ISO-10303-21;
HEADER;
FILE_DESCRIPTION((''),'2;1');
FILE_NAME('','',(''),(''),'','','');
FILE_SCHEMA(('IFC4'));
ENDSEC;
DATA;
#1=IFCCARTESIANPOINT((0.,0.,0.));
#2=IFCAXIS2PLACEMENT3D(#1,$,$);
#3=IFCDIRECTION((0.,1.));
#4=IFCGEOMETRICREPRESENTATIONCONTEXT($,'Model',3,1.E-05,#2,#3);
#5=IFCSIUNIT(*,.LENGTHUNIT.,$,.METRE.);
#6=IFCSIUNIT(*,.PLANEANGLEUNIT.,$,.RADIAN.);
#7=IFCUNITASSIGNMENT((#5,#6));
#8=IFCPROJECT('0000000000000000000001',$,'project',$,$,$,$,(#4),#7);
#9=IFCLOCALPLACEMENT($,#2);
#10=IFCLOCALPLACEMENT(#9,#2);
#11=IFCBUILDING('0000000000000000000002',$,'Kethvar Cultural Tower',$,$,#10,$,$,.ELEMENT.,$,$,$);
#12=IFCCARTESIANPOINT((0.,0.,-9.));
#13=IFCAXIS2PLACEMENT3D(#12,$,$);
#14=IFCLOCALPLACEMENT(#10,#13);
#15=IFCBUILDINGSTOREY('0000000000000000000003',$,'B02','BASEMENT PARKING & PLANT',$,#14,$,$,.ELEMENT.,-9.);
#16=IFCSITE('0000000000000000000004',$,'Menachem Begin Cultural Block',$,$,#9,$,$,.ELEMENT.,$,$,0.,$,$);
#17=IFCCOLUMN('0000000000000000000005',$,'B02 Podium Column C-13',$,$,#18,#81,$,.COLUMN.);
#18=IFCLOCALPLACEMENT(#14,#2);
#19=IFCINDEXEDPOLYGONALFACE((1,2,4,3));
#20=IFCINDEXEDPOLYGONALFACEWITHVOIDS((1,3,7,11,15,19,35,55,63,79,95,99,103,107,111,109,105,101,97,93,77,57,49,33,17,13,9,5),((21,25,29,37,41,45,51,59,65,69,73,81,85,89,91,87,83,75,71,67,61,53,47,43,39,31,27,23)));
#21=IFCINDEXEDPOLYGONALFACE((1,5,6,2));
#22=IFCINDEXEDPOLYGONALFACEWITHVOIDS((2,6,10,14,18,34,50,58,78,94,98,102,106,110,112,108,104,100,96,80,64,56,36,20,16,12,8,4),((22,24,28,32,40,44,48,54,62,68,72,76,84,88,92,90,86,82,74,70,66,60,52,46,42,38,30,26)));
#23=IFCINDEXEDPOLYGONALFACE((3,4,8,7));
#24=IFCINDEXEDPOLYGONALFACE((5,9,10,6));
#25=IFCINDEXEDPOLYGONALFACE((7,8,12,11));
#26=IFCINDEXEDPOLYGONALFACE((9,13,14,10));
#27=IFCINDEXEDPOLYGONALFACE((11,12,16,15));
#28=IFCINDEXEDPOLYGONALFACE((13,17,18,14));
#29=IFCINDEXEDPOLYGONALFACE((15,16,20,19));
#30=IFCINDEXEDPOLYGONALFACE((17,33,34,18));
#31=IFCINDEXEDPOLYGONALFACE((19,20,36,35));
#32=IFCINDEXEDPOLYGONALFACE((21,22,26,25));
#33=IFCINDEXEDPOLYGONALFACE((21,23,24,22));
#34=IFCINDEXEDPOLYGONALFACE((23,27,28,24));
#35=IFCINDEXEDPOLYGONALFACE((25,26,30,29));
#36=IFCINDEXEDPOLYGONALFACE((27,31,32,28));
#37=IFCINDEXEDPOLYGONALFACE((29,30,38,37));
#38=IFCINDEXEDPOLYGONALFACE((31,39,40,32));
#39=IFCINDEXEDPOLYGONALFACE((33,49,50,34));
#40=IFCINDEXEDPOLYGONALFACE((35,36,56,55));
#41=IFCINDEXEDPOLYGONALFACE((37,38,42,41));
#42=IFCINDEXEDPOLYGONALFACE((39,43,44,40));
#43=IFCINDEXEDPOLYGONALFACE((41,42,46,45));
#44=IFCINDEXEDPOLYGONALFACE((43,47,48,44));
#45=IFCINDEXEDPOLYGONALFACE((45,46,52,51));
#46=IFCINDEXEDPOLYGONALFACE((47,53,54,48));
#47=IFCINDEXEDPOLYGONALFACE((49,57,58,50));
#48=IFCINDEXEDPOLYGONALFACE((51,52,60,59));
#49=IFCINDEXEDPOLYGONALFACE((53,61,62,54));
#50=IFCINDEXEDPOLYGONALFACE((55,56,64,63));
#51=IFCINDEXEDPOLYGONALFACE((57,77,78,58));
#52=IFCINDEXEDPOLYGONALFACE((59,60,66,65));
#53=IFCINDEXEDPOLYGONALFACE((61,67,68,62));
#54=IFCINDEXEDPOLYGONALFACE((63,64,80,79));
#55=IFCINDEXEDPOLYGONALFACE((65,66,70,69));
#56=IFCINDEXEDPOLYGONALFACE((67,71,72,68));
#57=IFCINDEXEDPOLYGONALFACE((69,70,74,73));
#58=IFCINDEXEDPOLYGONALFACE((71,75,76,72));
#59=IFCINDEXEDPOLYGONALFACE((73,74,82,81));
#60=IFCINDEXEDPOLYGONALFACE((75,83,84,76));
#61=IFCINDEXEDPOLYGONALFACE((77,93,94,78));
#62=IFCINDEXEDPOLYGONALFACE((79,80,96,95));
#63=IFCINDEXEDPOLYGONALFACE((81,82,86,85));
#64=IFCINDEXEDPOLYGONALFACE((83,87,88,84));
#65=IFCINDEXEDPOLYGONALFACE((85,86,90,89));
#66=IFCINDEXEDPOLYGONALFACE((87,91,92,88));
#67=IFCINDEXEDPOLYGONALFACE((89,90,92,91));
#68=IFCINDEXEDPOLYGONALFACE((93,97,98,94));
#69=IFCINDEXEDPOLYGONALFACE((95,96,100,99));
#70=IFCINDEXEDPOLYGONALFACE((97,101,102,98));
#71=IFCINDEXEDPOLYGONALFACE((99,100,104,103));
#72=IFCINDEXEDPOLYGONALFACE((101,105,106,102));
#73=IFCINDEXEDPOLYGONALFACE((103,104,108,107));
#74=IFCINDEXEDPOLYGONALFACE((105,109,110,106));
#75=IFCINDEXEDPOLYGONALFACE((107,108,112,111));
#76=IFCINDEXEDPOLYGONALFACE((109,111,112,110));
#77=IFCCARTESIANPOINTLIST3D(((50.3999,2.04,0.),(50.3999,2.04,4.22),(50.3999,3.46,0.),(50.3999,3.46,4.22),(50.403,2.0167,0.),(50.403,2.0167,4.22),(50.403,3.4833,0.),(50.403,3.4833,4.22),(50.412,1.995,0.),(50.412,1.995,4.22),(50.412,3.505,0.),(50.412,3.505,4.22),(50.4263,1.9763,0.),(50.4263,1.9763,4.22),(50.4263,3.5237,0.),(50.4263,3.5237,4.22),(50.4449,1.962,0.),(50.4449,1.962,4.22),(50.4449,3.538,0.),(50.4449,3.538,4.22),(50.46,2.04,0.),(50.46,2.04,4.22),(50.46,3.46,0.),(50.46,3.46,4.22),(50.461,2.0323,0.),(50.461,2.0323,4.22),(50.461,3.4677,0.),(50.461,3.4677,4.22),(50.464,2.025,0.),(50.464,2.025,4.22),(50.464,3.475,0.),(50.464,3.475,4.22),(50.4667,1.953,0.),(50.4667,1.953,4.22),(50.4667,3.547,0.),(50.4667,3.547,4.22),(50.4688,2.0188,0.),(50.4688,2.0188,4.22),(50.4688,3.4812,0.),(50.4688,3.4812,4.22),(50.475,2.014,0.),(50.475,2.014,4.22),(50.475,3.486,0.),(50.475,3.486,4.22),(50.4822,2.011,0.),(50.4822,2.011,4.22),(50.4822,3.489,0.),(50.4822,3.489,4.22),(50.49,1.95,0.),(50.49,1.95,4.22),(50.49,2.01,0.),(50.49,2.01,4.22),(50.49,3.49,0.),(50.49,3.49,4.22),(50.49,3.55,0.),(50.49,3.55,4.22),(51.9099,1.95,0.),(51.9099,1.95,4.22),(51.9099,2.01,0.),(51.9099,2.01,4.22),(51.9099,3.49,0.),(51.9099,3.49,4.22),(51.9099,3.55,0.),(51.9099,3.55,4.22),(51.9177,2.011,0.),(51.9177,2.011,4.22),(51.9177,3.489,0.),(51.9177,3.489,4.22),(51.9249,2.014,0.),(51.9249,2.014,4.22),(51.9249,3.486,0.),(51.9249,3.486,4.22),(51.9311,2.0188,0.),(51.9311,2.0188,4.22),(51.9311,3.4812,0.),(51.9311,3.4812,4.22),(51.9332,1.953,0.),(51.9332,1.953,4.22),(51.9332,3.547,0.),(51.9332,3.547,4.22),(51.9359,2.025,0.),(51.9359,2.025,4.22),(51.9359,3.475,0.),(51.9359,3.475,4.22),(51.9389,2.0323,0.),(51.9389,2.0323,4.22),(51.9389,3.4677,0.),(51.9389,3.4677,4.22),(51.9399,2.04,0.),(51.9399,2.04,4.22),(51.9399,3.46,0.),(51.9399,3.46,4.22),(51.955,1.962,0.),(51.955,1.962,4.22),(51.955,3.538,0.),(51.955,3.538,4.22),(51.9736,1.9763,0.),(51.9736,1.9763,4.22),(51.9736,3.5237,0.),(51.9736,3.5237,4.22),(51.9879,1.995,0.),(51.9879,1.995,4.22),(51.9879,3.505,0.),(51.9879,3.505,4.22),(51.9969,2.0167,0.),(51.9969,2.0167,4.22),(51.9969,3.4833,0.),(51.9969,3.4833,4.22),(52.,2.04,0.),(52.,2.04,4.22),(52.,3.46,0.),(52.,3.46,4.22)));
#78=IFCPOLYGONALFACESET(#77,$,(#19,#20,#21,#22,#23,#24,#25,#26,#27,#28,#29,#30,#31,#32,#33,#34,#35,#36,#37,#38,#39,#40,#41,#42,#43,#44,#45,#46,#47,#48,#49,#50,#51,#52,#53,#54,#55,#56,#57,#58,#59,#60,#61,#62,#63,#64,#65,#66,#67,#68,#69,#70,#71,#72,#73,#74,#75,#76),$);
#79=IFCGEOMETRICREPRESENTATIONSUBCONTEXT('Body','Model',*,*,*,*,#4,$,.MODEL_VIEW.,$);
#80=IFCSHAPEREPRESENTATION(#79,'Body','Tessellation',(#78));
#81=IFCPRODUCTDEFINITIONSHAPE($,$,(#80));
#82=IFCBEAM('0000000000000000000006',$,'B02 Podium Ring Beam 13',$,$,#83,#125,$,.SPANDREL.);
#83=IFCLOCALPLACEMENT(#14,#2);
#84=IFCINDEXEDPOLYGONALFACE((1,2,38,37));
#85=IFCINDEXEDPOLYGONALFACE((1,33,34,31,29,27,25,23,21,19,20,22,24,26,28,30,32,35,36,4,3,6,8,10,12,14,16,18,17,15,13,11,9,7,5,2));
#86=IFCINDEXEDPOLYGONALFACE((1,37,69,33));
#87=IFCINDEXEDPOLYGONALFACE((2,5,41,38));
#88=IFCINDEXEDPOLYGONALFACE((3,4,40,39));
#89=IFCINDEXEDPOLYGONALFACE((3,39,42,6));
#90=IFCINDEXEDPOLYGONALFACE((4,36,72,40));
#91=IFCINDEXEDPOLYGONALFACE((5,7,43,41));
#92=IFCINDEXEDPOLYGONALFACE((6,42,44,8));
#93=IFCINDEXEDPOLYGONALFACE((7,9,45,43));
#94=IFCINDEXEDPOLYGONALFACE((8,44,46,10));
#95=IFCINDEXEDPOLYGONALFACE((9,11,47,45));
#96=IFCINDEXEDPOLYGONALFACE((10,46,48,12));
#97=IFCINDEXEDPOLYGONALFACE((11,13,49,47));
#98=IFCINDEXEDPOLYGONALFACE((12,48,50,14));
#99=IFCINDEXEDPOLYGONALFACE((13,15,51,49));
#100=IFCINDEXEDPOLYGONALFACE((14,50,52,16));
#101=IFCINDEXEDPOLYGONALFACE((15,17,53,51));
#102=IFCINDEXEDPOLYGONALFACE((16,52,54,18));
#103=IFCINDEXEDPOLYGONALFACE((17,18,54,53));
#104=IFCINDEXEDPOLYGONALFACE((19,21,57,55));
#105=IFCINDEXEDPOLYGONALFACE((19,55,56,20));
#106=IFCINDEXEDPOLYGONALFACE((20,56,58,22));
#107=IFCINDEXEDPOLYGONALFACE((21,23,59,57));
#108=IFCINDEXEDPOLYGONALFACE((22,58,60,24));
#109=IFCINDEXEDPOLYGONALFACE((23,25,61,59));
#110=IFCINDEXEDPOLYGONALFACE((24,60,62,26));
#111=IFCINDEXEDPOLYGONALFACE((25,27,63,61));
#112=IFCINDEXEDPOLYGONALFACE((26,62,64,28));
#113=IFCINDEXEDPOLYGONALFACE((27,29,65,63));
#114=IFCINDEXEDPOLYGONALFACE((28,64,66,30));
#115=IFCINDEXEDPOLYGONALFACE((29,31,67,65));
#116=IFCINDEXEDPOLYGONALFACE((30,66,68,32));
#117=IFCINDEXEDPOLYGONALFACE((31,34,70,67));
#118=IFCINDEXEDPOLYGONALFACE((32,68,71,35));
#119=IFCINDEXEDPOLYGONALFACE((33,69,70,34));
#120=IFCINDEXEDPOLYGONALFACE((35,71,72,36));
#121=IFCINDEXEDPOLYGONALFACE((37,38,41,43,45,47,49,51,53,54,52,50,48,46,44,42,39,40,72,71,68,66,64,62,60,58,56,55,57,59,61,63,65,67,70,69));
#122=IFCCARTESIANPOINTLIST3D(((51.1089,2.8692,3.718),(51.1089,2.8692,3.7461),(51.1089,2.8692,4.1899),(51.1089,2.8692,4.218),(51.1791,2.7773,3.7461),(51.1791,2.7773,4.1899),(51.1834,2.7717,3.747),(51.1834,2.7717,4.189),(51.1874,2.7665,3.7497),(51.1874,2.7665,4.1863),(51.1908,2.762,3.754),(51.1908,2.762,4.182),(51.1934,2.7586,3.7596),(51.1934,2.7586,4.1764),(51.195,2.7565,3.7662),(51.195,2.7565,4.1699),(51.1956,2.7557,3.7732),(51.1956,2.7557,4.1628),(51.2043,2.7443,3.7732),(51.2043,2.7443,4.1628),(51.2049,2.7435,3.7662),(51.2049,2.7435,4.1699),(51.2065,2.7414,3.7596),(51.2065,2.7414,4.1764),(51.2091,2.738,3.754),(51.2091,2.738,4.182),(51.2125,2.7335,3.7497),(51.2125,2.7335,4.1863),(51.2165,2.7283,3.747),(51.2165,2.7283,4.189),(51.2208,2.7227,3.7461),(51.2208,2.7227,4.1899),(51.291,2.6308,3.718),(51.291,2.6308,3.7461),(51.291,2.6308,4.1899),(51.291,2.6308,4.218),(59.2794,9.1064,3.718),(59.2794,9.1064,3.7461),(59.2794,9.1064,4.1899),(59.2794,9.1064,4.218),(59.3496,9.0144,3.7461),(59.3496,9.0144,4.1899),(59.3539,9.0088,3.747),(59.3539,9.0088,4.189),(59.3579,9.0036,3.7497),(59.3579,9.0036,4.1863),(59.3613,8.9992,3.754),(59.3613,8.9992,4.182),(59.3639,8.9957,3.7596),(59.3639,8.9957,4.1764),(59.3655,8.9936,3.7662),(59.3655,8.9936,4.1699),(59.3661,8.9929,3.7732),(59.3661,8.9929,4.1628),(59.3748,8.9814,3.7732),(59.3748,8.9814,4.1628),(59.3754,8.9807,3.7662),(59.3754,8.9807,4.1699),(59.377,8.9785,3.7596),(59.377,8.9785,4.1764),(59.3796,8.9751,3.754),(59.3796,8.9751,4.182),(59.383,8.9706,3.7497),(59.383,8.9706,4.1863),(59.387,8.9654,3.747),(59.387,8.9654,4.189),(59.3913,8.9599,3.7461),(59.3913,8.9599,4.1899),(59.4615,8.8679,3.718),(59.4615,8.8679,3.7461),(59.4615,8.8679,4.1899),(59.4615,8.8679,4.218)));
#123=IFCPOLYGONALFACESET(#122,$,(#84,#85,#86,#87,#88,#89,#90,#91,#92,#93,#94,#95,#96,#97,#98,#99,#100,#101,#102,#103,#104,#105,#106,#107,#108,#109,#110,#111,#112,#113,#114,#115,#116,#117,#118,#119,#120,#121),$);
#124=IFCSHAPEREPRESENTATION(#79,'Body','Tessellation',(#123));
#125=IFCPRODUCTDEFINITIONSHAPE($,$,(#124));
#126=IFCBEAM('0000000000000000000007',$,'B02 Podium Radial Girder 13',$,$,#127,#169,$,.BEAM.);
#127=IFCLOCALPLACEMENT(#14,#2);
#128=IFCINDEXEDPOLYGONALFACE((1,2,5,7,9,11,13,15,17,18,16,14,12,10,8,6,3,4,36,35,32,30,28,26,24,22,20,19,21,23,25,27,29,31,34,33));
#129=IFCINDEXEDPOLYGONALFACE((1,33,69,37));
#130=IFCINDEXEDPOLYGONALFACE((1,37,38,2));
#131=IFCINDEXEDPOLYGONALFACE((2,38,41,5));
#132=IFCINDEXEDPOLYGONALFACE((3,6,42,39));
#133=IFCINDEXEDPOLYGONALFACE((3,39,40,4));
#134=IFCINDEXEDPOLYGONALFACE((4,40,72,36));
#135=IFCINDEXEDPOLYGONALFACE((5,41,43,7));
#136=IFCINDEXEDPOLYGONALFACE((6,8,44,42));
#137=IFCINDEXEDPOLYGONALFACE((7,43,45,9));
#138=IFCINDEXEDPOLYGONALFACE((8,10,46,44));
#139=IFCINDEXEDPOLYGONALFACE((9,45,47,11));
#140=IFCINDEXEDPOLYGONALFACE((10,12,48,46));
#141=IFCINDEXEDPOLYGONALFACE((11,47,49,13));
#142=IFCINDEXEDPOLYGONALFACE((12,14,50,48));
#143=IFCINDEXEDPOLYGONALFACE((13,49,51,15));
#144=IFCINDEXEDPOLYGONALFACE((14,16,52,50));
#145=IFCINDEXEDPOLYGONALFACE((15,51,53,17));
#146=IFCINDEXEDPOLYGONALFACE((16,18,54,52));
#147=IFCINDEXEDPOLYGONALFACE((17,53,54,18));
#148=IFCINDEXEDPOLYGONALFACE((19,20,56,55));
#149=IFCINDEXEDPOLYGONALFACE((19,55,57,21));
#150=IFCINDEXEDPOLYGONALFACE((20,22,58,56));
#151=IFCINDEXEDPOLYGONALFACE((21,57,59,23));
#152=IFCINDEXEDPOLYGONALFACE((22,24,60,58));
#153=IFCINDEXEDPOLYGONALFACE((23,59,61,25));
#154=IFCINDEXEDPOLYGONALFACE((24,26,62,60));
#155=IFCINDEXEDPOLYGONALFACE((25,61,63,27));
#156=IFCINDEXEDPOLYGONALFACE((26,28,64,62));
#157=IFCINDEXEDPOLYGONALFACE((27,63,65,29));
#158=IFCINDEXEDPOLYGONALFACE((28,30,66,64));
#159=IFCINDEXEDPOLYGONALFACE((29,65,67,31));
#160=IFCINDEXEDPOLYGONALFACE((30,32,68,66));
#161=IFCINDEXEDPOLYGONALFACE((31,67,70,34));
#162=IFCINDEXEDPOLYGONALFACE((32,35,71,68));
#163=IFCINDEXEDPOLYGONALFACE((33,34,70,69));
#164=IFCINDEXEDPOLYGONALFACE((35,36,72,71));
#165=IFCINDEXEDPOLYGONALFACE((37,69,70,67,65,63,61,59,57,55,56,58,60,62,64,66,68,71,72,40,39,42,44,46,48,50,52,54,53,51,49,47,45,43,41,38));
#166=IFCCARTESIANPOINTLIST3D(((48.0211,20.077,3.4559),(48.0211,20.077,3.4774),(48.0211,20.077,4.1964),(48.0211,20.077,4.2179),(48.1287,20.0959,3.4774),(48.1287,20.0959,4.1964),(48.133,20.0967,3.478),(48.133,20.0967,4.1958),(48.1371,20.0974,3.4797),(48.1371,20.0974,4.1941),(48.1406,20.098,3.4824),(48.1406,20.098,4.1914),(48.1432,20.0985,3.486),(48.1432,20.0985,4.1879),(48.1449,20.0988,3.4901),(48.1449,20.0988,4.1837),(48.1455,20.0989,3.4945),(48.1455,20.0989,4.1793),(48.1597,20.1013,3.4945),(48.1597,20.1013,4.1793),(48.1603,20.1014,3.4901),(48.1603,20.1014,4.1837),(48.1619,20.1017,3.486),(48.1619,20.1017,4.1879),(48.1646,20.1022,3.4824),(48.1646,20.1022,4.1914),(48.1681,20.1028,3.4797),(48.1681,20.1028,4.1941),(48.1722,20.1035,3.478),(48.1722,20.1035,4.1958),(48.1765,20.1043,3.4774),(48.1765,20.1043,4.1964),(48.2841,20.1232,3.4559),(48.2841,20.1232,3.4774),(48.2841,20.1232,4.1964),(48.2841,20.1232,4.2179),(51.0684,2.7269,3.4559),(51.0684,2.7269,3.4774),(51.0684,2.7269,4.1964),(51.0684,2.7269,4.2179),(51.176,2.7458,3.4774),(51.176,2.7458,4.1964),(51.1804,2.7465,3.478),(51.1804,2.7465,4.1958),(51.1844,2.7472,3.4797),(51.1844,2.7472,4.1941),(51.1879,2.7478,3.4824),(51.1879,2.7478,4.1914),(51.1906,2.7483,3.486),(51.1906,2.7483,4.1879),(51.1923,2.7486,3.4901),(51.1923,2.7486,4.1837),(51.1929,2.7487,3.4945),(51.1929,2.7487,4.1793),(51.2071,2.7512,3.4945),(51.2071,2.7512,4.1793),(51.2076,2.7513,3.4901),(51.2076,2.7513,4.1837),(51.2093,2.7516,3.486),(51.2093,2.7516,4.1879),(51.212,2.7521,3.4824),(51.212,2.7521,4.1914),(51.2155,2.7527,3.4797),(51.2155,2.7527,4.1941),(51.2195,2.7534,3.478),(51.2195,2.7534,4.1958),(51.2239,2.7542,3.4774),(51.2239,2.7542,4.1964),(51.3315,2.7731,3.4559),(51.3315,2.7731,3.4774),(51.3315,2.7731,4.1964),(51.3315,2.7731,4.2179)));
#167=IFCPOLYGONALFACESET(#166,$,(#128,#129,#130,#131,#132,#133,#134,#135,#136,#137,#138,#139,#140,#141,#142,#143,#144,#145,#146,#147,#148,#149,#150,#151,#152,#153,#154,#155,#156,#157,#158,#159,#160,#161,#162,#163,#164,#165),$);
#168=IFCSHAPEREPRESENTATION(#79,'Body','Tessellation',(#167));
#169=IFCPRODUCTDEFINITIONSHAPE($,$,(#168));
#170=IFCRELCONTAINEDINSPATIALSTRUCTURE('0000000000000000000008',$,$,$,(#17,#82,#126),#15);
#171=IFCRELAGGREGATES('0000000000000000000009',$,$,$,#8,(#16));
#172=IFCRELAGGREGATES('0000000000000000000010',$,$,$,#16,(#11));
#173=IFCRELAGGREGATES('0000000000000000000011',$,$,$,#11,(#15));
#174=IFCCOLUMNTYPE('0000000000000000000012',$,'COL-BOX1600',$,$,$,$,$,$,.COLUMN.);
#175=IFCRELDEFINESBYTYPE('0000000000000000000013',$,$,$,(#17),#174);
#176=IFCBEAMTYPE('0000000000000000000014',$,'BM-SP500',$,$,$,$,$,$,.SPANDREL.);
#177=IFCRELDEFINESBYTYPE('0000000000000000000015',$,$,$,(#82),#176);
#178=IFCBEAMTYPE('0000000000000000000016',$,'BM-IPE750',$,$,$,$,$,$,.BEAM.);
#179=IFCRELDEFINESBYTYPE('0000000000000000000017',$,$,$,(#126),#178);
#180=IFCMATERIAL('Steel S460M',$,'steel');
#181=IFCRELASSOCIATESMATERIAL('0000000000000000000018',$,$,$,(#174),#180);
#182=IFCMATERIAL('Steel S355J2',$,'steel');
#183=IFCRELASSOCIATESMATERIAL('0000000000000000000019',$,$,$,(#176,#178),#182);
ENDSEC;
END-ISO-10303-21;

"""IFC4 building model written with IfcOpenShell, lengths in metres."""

from ifc_helpers import new_model, si_unit, direction, frame, origin, origin_2d, place, context, subcontext, project, spatial, hollow_rectangle, i_section, extrude, source, transform, mapped, material, material_profile, profile_set, type_object, element, save


model = new_model("IFC4")

# Units and contexts
model_context = context("Model", 3, precision=1e-05, world=origin(), true_north=direction((0.0, 1.0)))
body_context = subcontext(model_context, "Body", "Model", "MODEL_VIEW")
ifc_project = project(units=[si_unit("LENGTHUNIT", "METRE"), si_unit("PLANEANGLEUNIT", "RADIAN")], contexts=[model_context])

# Site, building, storey
site_placement = place(None, origin())
site = spatial("IfcSite", under=ifc_project, at=site_placement, Name="Menachem Begin Cultural Block", CompositionType="ELEMENT", RefElevation=0.0)
building_placement = place(site_placement, origin())
building = spatial("IfcBuilding", under=site, at=building_placement, Name="Kethvar Cultural Tower", CompositionType="ELEMENT")
storey_placement = place(building_placement, frame((0.0, 0.0, -9.0)))
storey = spatial("IfcBuildingStorey", under=building, at=storey_placement, Name="B02", Description="BASEMENT PARKING & PLANT", CompositionType="ELEMENT", Elevation=-9.0)

# Column
ifc_material_1 = material(Name="Steel S460M", Category="steel")
ifc_material_profile_1 = material_profile(ifc_material_1, hollow_rectangle(XDim=1.6001, YDim=1.6001, WallThickness=0.0601, InnerFilletRadius=0.03, OuterFilletRadius=0.0901, at=origin_2d()), Name="Steel S460M — BOX1600x1600x60")
ifc_profile_set_1 = profile_set([ifc_material_profile_1], Name="Steel S460M — BOX1600x1600x60")
column_type = type_object("IfcColumnType", Name="COL-BOX1600", PredefinedType="COLUMN", material=ifc_profile_set_1)
shared_shape_1 = source(origin(), body_context, "Body", "SweptSolid", [
    extrude(hollow_rectangle(XDim=1.6001, YDim=1.6001, WallThickness=0.0601, InnerFilletRadius=0.03, OuterFilletRadius=0.0901, at=origin_2d()), origin(), (0.0, 0.0, 1.0), 4.22),
])
column_placement = place(storey_placement, frame((51.2, 2.75, 0.0), z_axis=(0.0, 0.0, 1.0), x_axis=(1.0, 0.0, 0.0)))
element("IfcColumn", 1, at=column_placement, inside=storey, type_object=column_type, Name="B02 Podium Column C-13", PredefinedType="COLUMN", context=body_context, shape_type="MappedRepresentation", body=[
    mapped(shared_shape_1, transform((0.0, 0.0, 0.0), scale=1.0)),
])

# Beams
ifc_material_2 = material(Name="Steel S355J2", Category="steel")
ifc_material_profile_2 = material_profile(ifc_material_2, i_section(OverallWidth=0.3, OverallDepth=0.5, WebThickness=0.0144, FlangeThickness=0.0281, FilletRadius=0.0271, at=origin_2d()), Name="Steel S355J2 — HEB500")
ifc_profile_set_2 = profile_set([ifc_material_profile_2], Name="Steel S355J2 — HEB500")
beam_type_1 = type_object("IfcBeamType", Name="BM-SP500", PredefinedType="SPANDREL", material=ifc_profile_set_2)
shared_shape_2 = source(origin(), body_context, "Body", "SweptSolid", [
    extrude(i_section(OverallWidth=0.3, OverallDepth=0.5, WebThickness=0.0144, FlangeThickness=0.0281, FilletRadius=0.0271, at=origin_2d()), origin(), (0.0, 0.0, 1.0), 10.2791),
])
beam_1_placement = place(storey_placement, frame((51.2, 2.75, 3.968), z_axis=(0.794869, 0.606781, 0.0), x_axis=(-0.606781, 0.794869, 0.0)))
element("IfcBeam", 2, at=beam_1_placement, inside=storey, type_object=beam_type_1, Name="B02 Podium Ring Beam 13", PredefinedType="SPANDREL", context=body_context, shape_type="MappedRepresentation", body=[
    mapped(shared_shape_2, transform((0.0, 0.0, 0.0), scale=1.0)),
])
ifc_material_profile_3 = material_profile(ifc_material_2, i_section(OverallWidth=0.2671, OverallDepth=0.762, WebThickness=0.0144, FlangeThickness=0.0215, FilletRadius=0.0171, at=origin_2d()), Name="Steel S355J2 — IPE750x173")
ifc_profile_set_3 = profile_set([ifc_material_profile_3], Name="Steel S355J2 — IPE750x173")
beam_type_2 = type_object("IfcBeamType", Name="BM-IPE750", PredefinedType="BEAM", material=ifc_profile_set_3)
shared_shape_3 = source(origin(), body_context, "Body", "SweptSolid", [
    extrude(i_section(OverallWidth=0.2671, OverallDepth=0.762, WebThickness=0.0144, FlangeThickness=0.0215, FilletRadius=0.0171, at=origin_2d()), origin(), (0.0, 0.0, 1.0), 17.6157),
])
beam_2_placement = place(storey_placement, frame((48.1526, 20.1001, 3.8369), z_axis=(0.172991, -0.984923, 0.0), x_axis=(0.984923, 0.172991, 0.0)))
element("IfcBeam", 3, at=beam_2_placement, inside=storey, type_object=beam_type_2, Name="B02 Podium Radial Girder 13", PredefinedType="BEAM", context=body_context, shape_type="MappedRepresentation", body=[
    mapped(shared_shape_3, transform((0.0, 0.0, 0.0), scale=1.0)),
])

save(model, "model.ifc")
